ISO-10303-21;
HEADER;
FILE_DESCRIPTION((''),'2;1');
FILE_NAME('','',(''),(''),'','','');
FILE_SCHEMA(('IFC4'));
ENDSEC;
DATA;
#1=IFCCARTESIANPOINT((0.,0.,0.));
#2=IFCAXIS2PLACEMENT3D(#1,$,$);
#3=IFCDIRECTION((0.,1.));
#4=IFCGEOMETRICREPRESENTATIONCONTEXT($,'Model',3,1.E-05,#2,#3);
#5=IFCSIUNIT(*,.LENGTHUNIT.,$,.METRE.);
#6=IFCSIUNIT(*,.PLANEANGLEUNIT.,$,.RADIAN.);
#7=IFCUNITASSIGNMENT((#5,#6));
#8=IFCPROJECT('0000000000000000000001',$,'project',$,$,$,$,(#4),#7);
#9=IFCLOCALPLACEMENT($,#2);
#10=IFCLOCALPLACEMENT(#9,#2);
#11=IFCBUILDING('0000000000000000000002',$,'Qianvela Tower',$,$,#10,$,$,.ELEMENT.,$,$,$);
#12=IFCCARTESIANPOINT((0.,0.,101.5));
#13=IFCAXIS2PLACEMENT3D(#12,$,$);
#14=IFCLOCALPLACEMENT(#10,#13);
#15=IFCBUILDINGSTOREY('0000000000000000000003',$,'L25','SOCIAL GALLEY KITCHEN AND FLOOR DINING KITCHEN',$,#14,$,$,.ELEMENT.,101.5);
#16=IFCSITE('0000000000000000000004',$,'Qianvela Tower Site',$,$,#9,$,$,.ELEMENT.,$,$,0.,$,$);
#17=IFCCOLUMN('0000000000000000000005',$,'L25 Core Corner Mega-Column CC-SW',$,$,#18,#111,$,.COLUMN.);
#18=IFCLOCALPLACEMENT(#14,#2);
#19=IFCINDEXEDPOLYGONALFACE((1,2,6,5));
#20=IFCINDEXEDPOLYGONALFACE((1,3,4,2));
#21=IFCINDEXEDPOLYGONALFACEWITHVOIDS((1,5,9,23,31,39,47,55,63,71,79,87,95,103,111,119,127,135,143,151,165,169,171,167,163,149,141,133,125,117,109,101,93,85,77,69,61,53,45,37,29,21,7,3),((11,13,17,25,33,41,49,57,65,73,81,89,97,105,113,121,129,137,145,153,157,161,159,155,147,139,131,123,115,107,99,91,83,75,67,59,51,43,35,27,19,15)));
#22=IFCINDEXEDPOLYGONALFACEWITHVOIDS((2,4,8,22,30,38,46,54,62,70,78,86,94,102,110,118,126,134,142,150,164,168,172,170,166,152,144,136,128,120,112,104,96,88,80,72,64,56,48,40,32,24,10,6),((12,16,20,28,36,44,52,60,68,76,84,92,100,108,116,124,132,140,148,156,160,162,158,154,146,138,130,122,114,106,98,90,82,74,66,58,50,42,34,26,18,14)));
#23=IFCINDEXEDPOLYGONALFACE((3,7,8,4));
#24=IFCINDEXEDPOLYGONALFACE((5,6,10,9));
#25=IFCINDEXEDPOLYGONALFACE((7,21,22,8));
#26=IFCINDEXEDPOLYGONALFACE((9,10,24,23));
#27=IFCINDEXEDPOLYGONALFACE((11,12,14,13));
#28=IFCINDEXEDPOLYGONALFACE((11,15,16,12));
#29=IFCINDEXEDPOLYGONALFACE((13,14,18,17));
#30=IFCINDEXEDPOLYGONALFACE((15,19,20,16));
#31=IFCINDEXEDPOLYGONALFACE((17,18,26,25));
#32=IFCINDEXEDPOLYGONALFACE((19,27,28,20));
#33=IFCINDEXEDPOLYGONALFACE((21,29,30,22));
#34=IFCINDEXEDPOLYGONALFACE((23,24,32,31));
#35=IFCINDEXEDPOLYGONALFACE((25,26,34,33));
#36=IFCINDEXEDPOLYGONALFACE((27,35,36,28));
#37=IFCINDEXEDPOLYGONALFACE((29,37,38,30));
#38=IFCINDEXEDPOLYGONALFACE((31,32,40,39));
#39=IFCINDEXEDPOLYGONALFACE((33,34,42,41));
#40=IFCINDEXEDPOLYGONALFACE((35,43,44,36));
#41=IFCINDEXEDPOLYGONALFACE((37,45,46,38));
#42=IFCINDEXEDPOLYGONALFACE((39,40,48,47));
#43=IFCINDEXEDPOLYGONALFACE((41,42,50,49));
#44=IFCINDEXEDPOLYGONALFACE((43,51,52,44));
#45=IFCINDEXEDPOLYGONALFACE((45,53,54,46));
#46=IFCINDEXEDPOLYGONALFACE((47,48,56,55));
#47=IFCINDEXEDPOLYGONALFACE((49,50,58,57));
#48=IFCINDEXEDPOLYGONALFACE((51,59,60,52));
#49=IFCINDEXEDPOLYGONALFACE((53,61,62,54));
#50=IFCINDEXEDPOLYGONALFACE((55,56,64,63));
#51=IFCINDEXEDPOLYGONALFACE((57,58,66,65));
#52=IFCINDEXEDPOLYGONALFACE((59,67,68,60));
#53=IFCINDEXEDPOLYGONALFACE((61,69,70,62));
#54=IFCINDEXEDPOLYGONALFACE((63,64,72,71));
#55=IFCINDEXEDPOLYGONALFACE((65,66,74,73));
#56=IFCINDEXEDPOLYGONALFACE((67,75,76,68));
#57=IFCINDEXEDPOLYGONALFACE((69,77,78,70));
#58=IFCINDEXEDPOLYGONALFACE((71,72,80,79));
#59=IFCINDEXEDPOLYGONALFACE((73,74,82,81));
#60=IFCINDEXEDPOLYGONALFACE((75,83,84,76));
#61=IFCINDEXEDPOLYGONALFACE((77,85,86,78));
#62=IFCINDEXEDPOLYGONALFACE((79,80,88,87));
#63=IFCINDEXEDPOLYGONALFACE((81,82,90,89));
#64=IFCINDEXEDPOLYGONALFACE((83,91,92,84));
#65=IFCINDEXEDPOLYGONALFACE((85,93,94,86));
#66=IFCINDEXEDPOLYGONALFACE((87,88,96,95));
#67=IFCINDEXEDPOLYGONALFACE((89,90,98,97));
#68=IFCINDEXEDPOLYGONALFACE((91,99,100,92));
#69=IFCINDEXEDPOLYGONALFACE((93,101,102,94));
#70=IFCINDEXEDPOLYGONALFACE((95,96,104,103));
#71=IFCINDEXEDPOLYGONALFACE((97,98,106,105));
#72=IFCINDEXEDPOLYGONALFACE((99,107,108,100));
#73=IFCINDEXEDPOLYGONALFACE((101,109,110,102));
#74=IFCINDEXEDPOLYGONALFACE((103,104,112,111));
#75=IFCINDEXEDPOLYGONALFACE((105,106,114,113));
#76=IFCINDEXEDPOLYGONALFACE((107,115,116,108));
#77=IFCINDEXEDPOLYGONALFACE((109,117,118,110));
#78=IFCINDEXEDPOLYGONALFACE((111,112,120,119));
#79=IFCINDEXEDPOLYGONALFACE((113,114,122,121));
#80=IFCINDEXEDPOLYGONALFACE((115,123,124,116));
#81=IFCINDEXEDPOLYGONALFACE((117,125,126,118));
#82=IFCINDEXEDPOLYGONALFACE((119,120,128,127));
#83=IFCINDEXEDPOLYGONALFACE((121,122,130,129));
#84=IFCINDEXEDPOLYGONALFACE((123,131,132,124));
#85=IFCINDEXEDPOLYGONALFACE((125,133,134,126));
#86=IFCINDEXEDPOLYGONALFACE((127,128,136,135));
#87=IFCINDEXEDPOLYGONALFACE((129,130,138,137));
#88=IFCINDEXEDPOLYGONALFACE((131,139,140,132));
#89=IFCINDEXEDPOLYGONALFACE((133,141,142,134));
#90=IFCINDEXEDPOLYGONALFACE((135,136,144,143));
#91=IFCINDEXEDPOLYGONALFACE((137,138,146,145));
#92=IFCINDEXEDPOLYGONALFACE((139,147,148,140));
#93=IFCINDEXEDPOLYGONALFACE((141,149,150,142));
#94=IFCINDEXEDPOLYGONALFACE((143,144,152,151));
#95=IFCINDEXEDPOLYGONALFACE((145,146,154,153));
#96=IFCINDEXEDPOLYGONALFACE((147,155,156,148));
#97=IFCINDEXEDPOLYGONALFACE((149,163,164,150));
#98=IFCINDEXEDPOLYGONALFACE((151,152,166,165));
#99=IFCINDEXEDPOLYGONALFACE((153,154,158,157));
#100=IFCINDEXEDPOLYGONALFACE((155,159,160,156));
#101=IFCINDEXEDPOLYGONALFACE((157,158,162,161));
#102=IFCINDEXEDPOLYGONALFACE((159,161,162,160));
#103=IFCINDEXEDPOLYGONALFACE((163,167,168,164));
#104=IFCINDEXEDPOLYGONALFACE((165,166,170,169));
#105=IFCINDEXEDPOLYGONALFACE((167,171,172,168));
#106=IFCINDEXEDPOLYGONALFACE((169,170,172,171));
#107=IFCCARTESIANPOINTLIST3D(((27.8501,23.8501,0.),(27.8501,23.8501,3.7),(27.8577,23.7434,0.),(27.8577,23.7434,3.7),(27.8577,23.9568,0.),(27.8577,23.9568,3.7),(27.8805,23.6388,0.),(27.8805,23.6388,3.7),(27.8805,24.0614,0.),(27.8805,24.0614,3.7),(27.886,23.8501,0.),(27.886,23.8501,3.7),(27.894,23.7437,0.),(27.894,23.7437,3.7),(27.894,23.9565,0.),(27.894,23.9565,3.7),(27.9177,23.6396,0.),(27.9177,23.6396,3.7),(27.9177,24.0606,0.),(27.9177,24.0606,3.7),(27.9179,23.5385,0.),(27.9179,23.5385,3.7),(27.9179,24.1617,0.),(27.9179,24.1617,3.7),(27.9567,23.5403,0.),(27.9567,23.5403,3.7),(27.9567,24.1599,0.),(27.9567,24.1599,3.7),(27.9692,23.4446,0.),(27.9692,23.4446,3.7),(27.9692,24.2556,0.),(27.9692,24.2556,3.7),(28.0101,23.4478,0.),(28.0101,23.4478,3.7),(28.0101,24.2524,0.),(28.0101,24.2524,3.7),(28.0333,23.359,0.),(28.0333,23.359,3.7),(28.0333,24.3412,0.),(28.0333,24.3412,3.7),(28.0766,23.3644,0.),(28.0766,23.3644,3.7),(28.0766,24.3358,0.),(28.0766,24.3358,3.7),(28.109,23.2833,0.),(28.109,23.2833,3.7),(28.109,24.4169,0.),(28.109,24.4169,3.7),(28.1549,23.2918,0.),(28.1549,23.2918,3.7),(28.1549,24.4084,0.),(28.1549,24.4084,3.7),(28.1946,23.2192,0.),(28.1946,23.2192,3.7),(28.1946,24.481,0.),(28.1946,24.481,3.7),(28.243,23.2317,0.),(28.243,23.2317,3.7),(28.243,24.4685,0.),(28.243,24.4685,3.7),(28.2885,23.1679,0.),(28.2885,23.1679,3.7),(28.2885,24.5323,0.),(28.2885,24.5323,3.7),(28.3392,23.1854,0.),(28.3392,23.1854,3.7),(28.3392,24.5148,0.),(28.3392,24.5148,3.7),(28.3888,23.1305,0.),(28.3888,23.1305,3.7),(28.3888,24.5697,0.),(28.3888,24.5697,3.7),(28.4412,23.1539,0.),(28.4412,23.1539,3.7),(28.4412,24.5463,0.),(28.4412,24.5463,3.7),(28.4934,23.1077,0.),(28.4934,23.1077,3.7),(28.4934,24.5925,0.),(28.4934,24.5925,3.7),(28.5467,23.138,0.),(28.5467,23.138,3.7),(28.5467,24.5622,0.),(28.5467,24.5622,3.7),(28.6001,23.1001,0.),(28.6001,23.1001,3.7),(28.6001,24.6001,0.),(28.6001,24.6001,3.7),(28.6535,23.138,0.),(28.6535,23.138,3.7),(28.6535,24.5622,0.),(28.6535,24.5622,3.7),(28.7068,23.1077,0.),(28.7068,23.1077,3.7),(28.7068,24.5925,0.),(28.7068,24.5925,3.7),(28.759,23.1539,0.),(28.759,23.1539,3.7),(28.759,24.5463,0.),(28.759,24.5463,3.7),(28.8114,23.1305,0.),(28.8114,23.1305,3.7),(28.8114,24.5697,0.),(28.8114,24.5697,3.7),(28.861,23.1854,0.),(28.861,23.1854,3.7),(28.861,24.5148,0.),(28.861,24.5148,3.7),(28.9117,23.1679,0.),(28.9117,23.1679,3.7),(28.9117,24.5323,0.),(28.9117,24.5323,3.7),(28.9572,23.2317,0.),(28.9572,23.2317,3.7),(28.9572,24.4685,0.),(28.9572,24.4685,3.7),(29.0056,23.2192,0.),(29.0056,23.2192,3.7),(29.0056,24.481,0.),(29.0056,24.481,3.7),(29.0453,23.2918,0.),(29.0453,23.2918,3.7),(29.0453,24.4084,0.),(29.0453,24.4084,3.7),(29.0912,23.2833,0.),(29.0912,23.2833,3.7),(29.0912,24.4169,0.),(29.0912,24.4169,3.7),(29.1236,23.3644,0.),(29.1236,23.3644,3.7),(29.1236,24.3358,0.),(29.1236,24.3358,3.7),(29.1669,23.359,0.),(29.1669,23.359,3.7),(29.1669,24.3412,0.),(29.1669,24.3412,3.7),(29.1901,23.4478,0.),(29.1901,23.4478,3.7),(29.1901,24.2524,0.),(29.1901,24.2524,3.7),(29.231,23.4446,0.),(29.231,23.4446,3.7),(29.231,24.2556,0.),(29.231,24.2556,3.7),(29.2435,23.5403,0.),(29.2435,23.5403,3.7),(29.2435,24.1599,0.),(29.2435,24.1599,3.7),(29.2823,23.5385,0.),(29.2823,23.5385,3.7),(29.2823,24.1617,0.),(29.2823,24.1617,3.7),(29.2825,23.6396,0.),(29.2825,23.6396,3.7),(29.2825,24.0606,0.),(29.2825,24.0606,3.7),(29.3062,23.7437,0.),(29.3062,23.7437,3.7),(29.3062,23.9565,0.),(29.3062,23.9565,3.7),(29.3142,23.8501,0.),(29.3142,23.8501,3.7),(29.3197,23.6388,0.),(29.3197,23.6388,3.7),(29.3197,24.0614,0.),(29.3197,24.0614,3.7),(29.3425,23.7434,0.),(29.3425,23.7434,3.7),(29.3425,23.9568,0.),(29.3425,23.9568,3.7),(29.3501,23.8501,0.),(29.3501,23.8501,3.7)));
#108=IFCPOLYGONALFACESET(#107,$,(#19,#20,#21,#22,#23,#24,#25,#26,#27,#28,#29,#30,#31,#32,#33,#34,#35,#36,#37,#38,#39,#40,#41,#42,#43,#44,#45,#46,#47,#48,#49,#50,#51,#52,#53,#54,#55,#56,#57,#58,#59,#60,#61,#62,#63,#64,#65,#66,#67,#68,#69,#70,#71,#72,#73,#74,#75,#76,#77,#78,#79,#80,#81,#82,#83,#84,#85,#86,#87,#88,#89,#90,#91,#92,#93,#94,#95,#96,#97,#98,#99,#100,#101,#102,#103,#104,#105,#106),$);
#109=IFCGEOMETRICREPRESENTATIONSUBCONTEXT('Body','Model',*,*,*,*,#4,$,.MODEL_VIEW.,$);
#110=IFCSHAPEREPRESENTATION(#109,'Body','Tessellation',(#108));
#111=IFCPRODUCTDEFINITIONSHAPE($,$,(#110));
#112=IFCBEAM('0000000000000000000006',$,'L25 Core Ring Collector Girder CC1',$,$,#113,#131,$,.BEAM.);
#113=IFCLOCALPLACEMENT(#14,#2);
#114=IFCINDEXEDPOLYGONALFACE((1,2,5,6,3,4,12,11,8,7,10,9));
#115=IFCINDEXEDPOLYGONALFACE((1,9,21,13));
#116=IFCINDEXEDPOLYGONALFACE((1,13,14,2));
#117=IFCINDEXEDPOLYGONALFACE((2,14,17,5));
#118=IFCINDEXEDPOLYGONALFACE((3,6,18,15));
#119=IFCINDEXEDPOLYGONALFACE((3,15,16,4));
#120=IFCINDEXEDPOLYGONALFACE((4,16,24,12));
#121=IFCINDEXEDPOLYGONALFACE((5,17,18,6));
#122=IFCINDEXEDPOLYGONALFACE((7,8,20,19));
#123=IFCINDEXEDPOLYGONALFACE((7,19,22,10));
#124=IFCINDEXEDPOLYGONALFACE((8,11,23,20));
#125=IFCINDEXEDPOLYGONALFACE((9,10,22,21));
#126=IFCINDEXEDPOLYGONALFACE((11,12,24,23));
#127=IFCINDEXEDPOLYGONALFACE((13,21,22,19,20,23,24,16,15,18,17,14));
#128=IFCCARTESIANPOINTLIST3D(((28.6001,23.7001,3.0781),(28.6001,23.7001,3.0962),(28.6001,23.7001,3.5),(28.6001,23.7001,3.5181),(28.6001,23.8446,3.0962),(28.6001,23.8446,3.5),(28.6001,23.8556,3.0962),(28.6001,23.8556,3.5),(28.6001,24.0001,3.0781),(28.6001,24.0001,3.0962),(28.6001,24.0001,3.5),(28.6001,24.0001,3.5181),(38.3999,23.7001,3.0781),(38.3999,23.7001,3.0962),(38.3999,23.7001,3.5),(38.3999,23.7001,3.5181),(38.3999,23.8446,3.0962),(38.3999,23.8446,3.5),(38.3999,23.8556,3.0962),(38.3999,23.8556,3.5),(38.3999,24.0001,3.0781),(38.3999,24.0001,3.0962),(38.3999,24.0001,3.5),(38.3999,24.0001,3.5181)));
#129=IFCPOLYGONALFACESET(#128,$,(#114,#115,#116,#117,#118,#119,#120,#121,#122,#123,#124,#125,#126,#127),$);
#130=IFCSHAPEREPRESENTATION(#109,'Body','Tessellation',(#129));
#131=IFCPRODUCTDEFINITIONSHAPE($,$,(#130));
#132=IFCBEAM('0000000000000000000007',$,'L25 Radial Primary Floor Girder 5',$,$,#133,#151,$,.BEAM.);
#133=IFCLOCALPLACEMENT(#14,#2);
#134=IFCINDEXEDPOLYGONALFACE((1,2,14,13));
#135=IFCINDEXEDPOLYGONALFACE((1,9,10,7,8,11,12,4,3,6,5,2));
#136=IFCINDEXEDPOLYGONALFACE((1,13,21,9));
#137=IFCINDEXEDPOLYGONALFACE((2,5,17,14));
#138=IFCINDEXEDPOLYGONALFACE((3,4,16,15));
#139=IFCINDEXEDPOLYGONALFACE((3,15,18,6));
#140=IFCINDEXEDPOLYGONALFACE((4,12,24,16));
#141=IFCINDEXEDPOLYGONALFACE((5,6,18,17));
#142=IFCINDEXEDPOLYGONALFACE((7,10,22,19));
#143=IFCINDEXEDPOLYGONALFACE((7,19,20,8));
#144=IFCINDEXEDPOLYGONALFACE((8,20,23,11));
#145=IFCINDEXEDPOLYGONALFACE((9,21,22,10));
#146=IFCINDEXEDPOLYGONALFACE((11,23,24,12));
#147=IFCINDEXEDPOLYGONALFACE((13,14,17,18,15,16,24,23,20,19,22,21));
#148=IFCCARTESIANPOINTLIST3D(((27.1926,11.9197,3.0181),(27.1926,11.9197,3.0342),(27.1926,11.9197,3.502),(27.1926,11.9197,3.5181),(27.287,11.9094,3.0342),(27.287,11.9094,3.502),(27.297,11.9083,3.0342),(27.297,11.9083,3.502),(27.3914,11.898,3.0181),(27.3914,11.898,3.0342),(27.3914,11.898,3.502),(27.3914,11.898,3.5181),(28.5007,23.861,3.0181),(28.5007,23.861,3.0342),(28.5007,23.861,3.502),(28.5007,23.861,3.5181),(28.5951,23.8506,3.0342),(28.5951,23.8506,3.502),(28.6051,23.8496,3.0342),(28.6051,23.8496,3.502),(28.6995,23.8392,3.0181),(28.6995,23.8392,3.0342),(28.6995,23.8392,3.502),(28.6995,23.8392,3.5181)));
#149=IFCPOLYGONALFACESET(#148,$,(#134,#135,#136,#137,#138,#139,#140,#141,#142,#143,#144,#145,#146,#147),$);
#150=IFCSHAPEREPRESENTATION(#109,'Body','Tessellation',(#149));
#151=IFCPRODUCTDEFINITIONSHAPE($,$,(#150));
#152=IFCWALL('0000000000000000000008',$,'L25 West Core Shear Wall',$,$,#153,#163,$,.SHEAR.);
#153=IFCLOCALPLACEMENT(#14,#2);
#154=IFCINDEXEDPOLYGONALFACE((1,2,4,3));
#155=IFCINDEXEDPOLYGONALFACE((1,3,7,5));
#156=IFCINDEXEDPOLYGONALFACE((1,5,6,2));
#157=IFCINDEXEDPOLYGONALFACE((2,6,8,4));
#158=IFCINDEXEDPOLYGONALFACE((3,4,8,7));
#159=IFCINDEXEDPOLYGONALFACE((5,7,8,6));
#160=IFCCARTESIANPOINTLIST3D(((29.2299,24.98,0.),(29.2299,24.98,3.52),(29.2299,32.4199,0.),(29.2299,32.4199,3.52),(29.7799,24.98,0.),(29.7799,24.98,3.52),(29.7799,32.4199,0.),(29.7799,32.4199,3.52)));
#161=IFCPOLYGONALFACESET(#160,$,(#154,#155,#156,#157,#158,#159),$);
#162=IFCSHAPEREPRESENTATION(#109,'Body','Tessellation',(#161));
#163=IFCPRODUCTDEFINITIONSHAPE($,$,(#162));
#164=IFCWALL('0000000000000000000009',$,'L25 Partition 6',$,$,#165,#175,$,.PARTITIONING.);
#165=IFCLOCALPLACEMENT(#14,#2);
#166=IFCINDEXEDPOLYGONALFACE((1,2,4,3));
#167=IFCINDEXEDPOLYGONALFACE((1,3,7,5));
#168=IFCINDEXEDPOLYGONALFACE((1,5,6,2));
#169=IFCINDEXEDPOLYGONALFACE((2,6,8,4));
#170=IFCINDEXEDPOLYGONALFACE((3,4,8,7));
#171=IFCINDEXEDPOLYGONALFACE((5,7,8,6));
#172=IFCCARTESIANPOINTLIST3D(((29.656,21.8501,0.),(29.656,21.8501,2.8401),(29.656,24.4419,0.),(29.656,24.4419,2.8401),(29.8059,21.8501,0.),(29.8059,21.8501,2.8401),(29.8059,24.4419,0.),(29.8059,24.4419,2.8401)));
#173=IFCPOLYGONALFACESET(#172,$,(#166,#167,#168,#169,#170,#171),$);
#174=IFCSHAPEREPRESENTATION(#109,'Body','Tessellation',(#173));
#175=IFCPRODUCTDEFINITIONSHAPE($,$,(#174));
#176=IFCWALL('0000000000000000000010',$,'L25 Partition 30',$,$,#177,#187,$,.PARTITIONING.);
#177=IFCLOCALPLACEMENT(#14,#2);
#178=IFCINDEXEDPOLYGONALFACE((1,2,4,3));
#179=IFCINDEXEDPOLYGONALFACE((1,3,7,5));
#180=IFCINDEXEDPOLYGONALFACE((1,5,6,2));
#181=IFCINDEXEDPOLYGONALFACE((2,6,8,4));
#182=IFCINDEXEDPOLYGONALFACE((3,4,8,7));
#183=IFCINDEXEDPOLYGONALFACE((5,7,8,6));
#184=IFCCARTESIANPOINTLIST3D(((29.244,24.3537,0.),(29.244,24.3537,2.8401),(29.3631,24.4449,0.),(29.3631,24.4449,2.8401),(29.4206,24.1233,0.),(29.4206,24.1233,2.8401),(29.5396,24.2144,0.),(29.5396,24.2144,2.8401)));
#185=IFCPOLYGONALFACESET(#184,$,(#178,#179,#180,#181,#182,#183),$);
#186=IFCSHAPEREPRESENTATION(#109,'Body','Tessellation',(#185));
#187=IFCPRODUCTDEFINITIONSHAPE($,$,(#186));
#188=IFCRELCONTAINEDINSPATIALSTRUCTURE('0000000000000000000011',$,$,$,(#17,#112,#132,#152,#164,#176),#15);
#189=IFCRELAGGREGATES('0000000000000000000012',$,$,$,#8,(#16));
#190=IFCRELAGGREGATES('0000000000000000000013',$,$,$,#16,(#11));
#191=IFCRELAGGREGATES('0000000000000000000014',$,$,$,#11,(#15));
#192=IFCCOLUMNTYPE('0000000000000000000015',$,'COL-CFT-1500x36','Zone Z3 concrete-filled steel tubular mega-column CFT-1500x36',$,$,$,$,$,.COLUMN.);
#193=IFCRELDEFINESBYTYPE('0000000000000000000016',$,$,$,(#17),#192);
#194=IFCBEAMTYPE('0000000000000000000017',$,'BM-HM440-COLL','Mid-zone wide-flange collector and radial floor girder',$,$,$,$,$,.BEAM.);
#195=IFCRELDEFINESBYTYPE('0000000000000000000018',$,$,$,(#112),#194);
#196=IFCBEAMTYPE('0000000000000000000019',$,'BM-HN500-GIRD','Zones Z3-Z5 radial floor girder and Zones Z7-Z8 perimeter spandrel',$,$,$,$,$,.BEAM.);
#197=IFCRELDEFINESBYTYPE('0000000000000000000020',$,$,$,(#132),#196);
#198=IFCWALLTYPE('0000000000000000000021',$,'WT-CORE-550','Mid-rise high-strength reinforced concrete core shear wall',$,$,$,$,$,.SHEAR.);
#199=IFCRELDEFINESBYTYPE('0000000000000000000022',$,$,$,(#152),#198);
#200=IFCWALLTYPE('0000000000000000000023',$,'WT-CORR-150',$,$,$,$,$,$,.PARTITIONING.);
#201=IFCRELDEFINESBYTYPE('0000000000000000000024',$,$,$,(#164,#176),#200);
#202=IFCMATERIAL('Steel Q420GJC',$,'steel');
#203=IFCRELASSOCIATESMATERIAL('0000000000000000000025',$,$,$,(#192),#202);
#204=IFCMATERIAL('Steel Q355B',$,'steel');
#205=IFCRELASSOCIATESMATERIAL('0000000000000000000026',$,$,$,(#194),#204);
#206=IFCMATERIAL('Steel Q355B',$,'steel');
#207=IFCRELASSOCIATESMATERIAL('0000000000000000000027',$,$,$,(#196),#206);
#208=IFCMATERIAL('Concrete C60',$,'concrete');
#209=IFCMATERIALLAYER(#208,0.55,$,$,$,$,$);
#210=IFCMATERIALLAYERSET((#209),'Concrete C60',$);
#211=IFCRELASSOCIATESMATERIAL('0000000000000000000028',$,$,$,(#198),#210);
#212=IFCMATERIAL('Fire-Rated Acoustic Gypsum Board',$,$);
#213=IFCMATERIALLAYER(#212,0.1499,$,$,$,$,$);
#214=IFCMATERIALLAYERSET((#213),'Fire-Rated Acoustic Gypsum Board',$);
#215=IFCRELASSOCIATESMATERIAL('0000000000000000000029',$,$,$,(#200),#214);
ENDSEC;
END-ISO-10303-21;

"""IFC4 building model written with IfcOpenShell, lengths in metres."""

from ifc_helpers import new_model, si_unit, direction, frame, frame_2d, origin, origin_2d, place, context, subcontext, project, spatial, rectangle, hollow_circle, i_section, extrude, material, layer, layer_set, material_profile, profile_set, type_object, element, save


model = new_model("IFC4")

# Units and contexts
model_context = context("Model", 3, precision=1e-05, world=origin(), true_north=direction((0.0, 1.0)))
body_context = subcontext(model_context, "Body", "Model", "MODEL_VIEW")
ifc_project = project(units=[si_unit("LENGTHUNIT", "METRE"), si_unit("PLANEANGLEUNIT", "RADIAN")], contexts=[model_context])

# Site, building, storey
site_placement = place(None, origin())
site = spatial("IfcSite", under=ifc_project, at=site_placement, Name="Qianvela Tower Site", CompositionType="ELEMENT", RefElevation=0.0)
building_placement = place(site_placement, origin())
building = spatial("IfcBuilding", under=site, at=building_placement, Name="Qianvela Tower", CompositionType="ELEMENT")
storey_placement = place(building_placement, frame((0.0, 0.0, 101.5)))
storey = spatial("IfcBuildingStorey", under=building, at=storey_placement, Name="L25", Description="SOCIAL GALLEY KITCHEN AND FLOOR DINING KITCHEN", CompositionType="ELEMENT", Elevation=101.5)

# Column
ifc_material_1 = material(Name="Steel Q420GJC", Category="steel")
ifc_material_profile_1 = material_profile(ifc_material_1, hollow_circle(Radius=0.75, WallThickness=0.0359, at=origin_2d()), Name="CFT-1500x36")
ifc_profile_set_1 = profile_set([ifc_material_profile_1], Name="Steel Q420GJC")
column_type = type_object("IfcColumnType", Name="COL-CFT-1500x36", Description="Zone Z3 concrete-filled steel tubular mega-column CFT-1500x36", PredefinedType="COLUMN", material=ifc_profile_set_1)
column_placement = place(storey_placement, frame((28.6001, 23.8501, 0.0), z_axis=(0.0, 0.0, 1.0), x_axis=(1.0, 0.0, 0.0)))
element("IfcColumn", 1, at=column_placement, inside=storey, type_object=column_type, Name="L25 Core Corner Mega-Column CC-SW", PredefinedType="COLUMN", context=body_context, shape_type="SweptSolid", body=[
    extrude(hollow_circle(Radius=0.75, WallThickness=0.0359, at=origin_2d()), origin(), (0.0, 0.0, 1.0), 3.7),
])

# Beams
ifc_material_2 = material(Name="Steel Q355B", Category="steel")
ifc_material_profile_2 = material_profile(ifc_material_2, i_section(OverallWidth=0.3, OverallDepth=0.4399, WebThickness=0.011, FlangeThickness=0.0181, at=origin_2d()), Name="HM440x300x11x18")
ifc_profile_set_2 = profile_set([ifc_material_profile_2], Name="Steel Q355B")
beam_type_1 = type_object("IfcBeamType", Name="BM-HM440-COLL", Description="Mid-zone wide-flange collector and radial floor girder", PredefinedType="BEAM", material=ifc_profile_set_2)
beam_1_placement = place(storey_placement, frame((28.6001, 23.8501, 3.2981), z_axis=(1.0, 0.0, 0.0), x_axis=(0.0, 1.0, 0.0)))
element("IfcBeam", 2, at=beam_1_placement, inside=storey, type_object=beam_type_1, Name="L25 Core Ring Collector Girder CC1", PredefinedType="BEAM", context=body_context, shape_type="SweptSolid", body=[
    extrude(i_section(OverallWidth=0.3, OverallDepth=0.4399, WebThickness=0.011, FlangeThickness=0.0181, at=origin_2d()), origin(), (0.0, 0.0, 1.0), 9.7998),
])
ifc_material_3 = material(Name="Steel Q355B", Category="steel")
ifc_material_profile_3 = material_profile(ifc_material_3, i_section(OverallWidth=0.2, OverallDepth=0.5, WebThickness=0.01, FlangeThickness=0.0161, at=origin_2d()), Name="HN500x200x10x16")
ifc_profile_set_3 = profile_set([ifc_material_profile_3], Name="Steel Q355B")
beam_type_2 = type_object("IfcBeamType", Name="BM-HN500-GIRD", Description="Zones Z3-Z5 radial floor girder and Zones Z7-Z8 perimeter spandrel", PredefinedType="BEAM", material=ifc_profile_set_3)
beam_2_placement = place(storey_placement, frame((28.6001, 23.8501, 3.2681), z_axis=(-0.108894, -0.994053, 0.0), x_axis=(0.994053, -0.108894, 0.0)))
element("IfcBeam", 3, at=beam_2_placement, inside=storey, type_object=beam_type_2, Name="L25 Radial Primary Floor Girder 5", PredefinedType="BEAM", context=body_context, shape_type="SweptSolid", body=[
    extrude(i_section(OverallWidth=0.2, OverallDepth=0.5, WebThickness=0.01, FlangeThickness=0.0161, at=origin_2d()), origin(), (0.0, 0.0, 1.0), 12.0127),
])

# Shared definitions
ifc_material_4 = material(Name="Concrete C60", Category="concrete")
ifc_layer_1 = layer(ifc_material_4, 0.55)
ifc_layer_set_1 = layer_set([ifc_layer_1], Name="Concrete C60")
wall_type_1 = type_object("IfcWallType", Name="WT-CORE-550", Description="Mid-rise high-strength reinforced concrete core shear wall", PredefinedType="SHEAR", material=ifc_layer_set_1)

# Walls
wall_1_placement = place(storey_placement, frame((29.5049, 24.98, 0.0), z_axis=(0.0, 0.0, 1.0), x_axis=(0.0, 1.0, 0.0)))
element("IfcWall", 4, at=wall_1_placement, inside=storey, type_object=wall_type_1, Name="L25 West Core Shear Wall", PredefinedType="SHEAR", context=body_context, shape_type="SweptSolid", body=[
    extrude(rectangle(XDim=7.4399, YDim=0.55, at=frame_2d((3.72, 0.0))), origin(), (0.0, 0.0, 1.0), 3.52),
])
ifc_material_5 = material(Name="Fire-Rated Acoustic Gypsum Board")
ifc_layer_2 = layer(ifc_material_5, 0.1499)
ifc_layer_set_2 = layer_set([ifc_layer_2], Name="Fire-Rated Acoustic Gypsum Board")
wall_type_2 = type_object("IfcWallType", Name="WT-CORR-150", PredefinedType="PARTITIONING", material=ifc_layer_set_2)
wall_2_placement = place(storey_placement, frame((29.731, 21.8501, 0.0), z_axis=(0.0, 0.0, 1.0), x_axis=(0.0, 1.0, 0.0)))
element("IfcWall", 5, at=wall_2_placement, inside=storey, type_object=wall_type_2, Name="L25 Partition 6", PredefinedType="PARTITIONING", context=body_context, shape_type="SweptSolid", body=[
    extrude(rectangle(XDim=2.5918, YDim=0.1499, at=frame_2d((1.2959, 0.0))), origin(), (0.0, 0.0, 1.0), 2.8401),
])
wall_3_placement = place(storey_placement, frame((29.48, 24.1689, 0.0), z_axis=(0.0, 0.0, 1.0), x_axis=(-0.608043, 0.793904, 0.0)))
element("IfcWall", 6, at=wall_3_placement, inside=storey, type_object=wall_type_2, Name="L25 Partition 30", PredefinedType="PARTITIONING", context=body_context, shape_type="SweptSolid", body=[
    extrude(rectangle(XDim=0.2903, YDim=0.1499, at=frame_2d((0.145, 0.0))), origin(), (0.0, 0.0, 1.0), 2.8401),
])

save(model, "model.ifc")
